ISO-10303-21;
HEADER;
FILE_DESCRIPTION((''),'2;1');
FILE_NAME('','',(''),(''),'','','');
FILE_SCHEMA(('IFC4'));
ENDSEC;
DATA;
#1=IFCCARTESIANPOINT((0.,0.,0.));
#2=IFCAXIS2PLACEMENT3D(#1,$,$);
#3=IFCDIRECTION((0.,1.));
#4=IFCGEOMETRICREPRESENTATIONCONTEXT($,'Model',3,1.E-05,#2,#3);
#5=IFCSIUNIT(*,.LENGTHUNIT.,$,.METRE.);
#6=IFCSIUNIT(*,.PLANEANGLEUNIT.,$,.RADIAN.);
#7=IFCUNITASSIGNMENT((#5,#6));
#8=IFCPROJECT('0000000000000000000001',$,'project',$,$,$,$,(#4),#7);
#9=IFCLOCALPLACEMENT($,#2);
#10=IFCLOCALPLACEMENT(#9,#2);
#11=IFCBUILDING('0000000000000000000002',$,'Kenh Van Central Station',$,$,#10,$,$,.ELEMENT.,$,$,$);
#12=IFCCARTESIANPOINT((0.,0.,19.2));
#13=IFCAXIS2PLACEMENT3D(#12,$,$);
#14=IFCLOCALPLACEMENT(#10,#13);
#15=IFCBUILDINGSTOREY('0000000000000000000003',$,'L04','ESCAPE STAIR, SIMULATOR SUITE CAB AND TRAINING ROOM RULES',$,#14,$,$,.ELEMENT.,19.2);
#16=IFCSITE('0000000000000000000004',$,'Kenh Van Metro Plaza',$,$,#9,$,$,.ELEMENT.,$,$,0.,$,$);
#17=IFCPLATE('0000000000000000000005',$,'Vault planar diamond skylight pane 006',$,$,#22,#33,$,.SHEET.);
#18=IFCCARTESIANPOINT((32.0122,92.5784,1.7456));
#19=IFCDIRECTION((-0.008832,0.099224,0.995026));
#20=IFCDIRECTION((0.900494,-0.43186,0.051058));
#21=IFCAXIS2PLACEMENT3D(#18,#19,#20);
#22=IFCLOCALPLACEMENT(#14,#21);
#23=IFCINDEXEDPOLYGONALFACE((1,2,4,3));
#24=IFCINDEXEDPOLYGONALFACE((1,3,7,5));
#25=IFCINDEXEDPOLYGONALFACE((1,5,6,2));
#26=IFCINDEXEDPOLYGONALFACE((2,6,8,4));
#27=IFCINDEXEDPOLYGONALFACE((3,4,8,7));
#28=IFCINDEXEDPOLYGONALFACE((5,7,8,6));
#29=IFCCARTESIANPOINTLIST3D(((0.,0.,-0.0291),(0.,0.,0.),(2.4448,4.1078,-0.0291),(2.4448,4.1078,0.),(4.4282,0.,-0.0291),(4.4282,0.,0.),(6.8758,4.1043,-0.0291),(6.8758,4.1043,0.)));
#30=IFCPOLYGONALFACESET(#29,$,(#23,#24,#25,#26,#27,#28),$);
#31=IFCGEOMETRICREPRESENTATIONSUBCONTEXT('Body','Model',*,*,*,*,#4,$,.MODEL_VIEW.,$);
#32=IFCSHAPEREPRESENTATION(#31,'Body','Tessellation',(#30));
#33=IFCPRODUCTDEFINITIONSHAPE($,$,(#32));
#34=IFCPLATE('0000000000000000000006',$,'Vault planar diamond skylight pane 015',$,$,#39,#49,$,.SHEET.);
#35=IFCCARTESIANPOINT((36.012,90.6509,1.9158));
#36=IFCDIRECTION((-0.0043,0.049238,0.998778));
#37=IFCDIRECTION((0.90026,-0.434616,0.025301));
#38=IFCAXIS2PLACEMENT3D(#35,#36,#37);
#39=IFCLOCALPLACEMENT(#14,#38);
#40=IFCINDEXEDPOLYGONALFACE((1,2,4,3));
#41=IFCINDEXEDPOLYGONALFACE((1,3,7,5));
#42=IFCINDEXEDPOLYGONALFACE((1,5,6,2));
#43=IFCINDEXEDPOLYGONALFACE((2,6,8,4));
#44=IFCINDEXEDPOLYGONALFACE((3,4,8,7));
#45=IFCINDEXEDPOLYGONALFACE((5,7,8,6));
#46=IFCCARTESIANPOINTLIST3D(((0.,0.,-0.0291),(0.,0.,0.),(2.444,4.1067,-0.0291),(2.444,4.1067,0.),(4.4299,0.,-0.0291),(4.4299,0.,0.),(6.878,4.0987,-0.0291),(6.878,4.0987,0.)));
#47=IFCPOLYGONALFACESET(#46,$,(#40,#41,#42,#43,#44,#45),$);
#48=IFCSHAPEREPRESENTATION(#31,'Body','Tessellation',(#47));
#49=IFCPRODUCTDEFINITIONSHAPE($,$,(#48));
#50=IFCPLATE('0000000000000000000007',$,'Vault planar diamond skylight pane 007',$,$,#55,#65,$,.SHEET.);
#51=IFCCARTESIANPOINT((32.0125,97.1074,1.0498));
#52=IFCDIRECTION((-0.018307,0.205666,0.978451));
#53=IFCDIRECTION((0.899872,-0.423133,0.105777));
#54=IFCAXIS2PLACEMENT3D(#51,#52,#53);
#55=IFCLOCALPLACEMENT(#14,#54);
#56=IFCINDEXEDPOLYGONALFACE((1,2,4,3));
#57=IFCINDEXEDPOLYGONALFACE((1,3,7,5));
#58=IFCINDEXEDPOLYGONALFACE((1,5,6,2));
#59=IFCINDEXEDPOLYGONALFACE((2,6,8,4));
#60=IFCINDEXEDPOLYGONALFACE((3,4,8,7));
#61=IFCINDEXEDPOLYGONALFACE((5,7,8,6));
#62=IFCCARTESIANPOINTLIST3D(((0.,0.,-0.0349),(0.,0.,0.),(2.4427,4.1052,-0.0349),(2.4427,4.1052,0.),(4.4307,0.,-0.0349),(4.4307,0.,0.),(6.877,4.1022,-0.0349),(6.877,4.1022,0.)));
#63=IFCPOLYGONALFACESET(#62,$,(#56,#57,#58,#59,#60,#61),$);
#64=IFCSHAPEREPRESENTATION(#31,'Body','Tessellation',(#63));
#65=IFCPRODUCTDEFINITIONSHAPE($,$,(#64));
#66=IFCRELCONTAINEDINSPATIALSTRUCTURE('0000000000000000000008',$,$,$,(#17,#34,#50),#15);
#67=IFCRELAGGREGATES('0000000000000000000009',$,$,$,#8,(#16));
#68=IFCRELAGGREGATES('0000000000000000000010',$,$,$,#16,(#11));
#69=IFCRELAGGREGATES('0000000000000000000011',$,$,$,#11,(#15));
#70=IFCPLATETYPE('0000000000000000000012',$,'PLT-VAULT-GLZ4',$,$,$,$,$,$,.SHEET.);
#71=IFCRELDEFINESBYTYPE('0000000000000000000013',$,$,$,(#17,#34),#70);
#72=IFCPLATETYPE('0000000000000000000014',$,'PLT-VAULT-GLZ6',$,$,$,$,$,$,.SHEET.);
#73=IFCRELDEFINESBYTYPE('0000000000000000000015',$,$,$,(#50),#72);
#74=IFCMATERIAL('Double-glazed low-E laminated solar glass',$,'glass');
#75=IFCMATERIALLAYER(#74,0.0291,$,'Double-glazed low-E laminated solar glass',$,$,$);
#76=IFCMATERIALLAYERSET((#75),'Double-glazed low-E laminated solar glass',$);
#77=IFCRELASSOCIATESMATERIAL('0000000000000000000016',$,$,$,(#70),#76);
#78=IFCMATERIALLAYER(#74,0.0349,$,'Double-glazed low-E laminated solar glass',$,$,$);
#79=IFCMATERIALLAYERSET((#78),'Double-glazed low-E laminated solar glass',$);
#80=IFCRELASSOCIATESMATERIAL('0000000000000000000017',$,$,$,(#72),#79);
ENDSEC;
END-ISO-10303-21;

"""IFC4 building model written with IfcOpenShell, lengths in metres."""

from ifc_helpers import new_model, si_unit, direction, frame, origin, place, context, subcontext, project, spatial, polyline, outline, extrude, material, layer, layer_set, type_object, element, save


model = new_model("IFC4")

# Units and contexts
model_context = context("Model", 3, precision=1e-05, world=origin(), true_north=direction((0.0, 1.0)))
body_context = subcontext(model_context, "Body", "Model", "MODEL_VIEW")
ifc_project = project(units=[si_unit("LENGTHUNIT", "METRE"), si_unit("PLANEANGLEUNIT", "RADIAN")], contexts=[model_context])

# Site, building, storey
site_placement = place(None, origin())
site = spatial("IfcSite", under=ifc_project, at=site_placement, Name="Kenh Van Metro Plaza", CompositionType="ELEMENT", RefElevation=0.0)
building_placement = place(site_placement, origin())
building = spatial("IfcBuilding", under=site, at=building_placement, Name="Kenh Van Central Station", CompositionType="ELEMENT")
storey_placement = place(building_placement, frame((0.0, 0.0, 19.2)))
storey = spatial("IfcBuildingStorey", under=building, at=storey_placement, Name="L04", Description="ESCAPE STAIR, SIMULATOR SUITE CAB AND TRAINING ROOM RULES", CompositionType="ELEMENT", Elevation=19.2)

# Plates
ifc_material_1 = material(Name="Double-glazed low-E laminated solar glass", Category="glass")
ifc_layer_1 = layer(ifc_material_1, 0.0291, Name="Double-glazed low-E laminated solar glass")
ifc_layer_set_1 = layer_set([ifc_layer_1], Name="Double-glazed low-E laminated solar glass")
plate_type_1 = type_object("IfcPlateType", Name="PLT-VAULT-GLZ4", PredefinedType="SHEET", material=ifc_layer_set_1)
plate_1_placement = place(storey_placement, frame((32.0122, 92.5784, 1.7456), z_axis=(-0.008832, 0.099224, 0.995026), x_axis=(0.900494, -0.43186, 0.051058)))
element("IfcPlate", 1, at=plate_1_placement, inside=storey, type_object=plate_type_1, Name="Vault planar diamond skylight pane 006", PredefinedType="SHEET", context=body_context, shape_type="SweptSolid", body=[
    extrude(outline(polyline([(0.0, 0.0), (4.4282, 0.0), (6.8758, 4.1043), (2.4448, 4.1078), (0.0, 0.0)])), origin(), (0.0, 0.0, -1.0), 0.0291),
])
plate_2_placement = place(storey_placement, frame((36.012, 90.6509, 1.9158), z_axis=(-0.0043, 0.049238, 0.998778), x_axis=(0.90026, -0.434616, 0.025301)))
element("IfcPlate", 2, at=plate_2_placement, inside=storey, type_object=plate_type_1, Name="Vault planar diamond skylight pane 015", PredefinedType="SHEET", context=body_context, shape_type="SweptSolid", body=[
    extrude(outline(polyline([(0.0, 0.0), (4.4299, 0.0), (6.878, 4.0987), (2.444, 4.1067), (0.0, 0.0)])), origin(), (0.0, 0.0, -1.0), 0.0291),
])
ifc_layer_2 = layer(ifc_material_1, 0.0349, Name="Double-glazed low-E laminated solar glass")
ifc_layer_set_2 = layer_set([ifc_layer_2], Name="Double-glazed low-E laminated solar glass")
plate_type_2 = type_object("IfcPlateType", Name="PLT-VAULT-GLZ6", PredefinedType="SHEET", material=ifc_layer_set_2)
plate_3_placement = place(storey_placement, frame((32.0125, 97.1074, 1.0498), z_axis=(-0.018307, 0.205666, 0.978451), x_axis=(0.899872, -0.423133, 0.105777)))
element("IfcPlate", 3, at=plate_3_placement, inside=storey, type_object=plate_type_2, Name="Vault planar diamond skylight pane 007", PredefinedType="SHEET", context=body_context, shape_type="SweptSolid", body=[
    extrude(outline(polyline([(0.0, 0.0), (4.4307, 0.0), (6.877, 4.1022), (2.4427, 4.1052), (0.0, 0.0)])), origin(), (0.0, 0.0, -1.0), 0.0349),
])

save(model, "model.ifc")
